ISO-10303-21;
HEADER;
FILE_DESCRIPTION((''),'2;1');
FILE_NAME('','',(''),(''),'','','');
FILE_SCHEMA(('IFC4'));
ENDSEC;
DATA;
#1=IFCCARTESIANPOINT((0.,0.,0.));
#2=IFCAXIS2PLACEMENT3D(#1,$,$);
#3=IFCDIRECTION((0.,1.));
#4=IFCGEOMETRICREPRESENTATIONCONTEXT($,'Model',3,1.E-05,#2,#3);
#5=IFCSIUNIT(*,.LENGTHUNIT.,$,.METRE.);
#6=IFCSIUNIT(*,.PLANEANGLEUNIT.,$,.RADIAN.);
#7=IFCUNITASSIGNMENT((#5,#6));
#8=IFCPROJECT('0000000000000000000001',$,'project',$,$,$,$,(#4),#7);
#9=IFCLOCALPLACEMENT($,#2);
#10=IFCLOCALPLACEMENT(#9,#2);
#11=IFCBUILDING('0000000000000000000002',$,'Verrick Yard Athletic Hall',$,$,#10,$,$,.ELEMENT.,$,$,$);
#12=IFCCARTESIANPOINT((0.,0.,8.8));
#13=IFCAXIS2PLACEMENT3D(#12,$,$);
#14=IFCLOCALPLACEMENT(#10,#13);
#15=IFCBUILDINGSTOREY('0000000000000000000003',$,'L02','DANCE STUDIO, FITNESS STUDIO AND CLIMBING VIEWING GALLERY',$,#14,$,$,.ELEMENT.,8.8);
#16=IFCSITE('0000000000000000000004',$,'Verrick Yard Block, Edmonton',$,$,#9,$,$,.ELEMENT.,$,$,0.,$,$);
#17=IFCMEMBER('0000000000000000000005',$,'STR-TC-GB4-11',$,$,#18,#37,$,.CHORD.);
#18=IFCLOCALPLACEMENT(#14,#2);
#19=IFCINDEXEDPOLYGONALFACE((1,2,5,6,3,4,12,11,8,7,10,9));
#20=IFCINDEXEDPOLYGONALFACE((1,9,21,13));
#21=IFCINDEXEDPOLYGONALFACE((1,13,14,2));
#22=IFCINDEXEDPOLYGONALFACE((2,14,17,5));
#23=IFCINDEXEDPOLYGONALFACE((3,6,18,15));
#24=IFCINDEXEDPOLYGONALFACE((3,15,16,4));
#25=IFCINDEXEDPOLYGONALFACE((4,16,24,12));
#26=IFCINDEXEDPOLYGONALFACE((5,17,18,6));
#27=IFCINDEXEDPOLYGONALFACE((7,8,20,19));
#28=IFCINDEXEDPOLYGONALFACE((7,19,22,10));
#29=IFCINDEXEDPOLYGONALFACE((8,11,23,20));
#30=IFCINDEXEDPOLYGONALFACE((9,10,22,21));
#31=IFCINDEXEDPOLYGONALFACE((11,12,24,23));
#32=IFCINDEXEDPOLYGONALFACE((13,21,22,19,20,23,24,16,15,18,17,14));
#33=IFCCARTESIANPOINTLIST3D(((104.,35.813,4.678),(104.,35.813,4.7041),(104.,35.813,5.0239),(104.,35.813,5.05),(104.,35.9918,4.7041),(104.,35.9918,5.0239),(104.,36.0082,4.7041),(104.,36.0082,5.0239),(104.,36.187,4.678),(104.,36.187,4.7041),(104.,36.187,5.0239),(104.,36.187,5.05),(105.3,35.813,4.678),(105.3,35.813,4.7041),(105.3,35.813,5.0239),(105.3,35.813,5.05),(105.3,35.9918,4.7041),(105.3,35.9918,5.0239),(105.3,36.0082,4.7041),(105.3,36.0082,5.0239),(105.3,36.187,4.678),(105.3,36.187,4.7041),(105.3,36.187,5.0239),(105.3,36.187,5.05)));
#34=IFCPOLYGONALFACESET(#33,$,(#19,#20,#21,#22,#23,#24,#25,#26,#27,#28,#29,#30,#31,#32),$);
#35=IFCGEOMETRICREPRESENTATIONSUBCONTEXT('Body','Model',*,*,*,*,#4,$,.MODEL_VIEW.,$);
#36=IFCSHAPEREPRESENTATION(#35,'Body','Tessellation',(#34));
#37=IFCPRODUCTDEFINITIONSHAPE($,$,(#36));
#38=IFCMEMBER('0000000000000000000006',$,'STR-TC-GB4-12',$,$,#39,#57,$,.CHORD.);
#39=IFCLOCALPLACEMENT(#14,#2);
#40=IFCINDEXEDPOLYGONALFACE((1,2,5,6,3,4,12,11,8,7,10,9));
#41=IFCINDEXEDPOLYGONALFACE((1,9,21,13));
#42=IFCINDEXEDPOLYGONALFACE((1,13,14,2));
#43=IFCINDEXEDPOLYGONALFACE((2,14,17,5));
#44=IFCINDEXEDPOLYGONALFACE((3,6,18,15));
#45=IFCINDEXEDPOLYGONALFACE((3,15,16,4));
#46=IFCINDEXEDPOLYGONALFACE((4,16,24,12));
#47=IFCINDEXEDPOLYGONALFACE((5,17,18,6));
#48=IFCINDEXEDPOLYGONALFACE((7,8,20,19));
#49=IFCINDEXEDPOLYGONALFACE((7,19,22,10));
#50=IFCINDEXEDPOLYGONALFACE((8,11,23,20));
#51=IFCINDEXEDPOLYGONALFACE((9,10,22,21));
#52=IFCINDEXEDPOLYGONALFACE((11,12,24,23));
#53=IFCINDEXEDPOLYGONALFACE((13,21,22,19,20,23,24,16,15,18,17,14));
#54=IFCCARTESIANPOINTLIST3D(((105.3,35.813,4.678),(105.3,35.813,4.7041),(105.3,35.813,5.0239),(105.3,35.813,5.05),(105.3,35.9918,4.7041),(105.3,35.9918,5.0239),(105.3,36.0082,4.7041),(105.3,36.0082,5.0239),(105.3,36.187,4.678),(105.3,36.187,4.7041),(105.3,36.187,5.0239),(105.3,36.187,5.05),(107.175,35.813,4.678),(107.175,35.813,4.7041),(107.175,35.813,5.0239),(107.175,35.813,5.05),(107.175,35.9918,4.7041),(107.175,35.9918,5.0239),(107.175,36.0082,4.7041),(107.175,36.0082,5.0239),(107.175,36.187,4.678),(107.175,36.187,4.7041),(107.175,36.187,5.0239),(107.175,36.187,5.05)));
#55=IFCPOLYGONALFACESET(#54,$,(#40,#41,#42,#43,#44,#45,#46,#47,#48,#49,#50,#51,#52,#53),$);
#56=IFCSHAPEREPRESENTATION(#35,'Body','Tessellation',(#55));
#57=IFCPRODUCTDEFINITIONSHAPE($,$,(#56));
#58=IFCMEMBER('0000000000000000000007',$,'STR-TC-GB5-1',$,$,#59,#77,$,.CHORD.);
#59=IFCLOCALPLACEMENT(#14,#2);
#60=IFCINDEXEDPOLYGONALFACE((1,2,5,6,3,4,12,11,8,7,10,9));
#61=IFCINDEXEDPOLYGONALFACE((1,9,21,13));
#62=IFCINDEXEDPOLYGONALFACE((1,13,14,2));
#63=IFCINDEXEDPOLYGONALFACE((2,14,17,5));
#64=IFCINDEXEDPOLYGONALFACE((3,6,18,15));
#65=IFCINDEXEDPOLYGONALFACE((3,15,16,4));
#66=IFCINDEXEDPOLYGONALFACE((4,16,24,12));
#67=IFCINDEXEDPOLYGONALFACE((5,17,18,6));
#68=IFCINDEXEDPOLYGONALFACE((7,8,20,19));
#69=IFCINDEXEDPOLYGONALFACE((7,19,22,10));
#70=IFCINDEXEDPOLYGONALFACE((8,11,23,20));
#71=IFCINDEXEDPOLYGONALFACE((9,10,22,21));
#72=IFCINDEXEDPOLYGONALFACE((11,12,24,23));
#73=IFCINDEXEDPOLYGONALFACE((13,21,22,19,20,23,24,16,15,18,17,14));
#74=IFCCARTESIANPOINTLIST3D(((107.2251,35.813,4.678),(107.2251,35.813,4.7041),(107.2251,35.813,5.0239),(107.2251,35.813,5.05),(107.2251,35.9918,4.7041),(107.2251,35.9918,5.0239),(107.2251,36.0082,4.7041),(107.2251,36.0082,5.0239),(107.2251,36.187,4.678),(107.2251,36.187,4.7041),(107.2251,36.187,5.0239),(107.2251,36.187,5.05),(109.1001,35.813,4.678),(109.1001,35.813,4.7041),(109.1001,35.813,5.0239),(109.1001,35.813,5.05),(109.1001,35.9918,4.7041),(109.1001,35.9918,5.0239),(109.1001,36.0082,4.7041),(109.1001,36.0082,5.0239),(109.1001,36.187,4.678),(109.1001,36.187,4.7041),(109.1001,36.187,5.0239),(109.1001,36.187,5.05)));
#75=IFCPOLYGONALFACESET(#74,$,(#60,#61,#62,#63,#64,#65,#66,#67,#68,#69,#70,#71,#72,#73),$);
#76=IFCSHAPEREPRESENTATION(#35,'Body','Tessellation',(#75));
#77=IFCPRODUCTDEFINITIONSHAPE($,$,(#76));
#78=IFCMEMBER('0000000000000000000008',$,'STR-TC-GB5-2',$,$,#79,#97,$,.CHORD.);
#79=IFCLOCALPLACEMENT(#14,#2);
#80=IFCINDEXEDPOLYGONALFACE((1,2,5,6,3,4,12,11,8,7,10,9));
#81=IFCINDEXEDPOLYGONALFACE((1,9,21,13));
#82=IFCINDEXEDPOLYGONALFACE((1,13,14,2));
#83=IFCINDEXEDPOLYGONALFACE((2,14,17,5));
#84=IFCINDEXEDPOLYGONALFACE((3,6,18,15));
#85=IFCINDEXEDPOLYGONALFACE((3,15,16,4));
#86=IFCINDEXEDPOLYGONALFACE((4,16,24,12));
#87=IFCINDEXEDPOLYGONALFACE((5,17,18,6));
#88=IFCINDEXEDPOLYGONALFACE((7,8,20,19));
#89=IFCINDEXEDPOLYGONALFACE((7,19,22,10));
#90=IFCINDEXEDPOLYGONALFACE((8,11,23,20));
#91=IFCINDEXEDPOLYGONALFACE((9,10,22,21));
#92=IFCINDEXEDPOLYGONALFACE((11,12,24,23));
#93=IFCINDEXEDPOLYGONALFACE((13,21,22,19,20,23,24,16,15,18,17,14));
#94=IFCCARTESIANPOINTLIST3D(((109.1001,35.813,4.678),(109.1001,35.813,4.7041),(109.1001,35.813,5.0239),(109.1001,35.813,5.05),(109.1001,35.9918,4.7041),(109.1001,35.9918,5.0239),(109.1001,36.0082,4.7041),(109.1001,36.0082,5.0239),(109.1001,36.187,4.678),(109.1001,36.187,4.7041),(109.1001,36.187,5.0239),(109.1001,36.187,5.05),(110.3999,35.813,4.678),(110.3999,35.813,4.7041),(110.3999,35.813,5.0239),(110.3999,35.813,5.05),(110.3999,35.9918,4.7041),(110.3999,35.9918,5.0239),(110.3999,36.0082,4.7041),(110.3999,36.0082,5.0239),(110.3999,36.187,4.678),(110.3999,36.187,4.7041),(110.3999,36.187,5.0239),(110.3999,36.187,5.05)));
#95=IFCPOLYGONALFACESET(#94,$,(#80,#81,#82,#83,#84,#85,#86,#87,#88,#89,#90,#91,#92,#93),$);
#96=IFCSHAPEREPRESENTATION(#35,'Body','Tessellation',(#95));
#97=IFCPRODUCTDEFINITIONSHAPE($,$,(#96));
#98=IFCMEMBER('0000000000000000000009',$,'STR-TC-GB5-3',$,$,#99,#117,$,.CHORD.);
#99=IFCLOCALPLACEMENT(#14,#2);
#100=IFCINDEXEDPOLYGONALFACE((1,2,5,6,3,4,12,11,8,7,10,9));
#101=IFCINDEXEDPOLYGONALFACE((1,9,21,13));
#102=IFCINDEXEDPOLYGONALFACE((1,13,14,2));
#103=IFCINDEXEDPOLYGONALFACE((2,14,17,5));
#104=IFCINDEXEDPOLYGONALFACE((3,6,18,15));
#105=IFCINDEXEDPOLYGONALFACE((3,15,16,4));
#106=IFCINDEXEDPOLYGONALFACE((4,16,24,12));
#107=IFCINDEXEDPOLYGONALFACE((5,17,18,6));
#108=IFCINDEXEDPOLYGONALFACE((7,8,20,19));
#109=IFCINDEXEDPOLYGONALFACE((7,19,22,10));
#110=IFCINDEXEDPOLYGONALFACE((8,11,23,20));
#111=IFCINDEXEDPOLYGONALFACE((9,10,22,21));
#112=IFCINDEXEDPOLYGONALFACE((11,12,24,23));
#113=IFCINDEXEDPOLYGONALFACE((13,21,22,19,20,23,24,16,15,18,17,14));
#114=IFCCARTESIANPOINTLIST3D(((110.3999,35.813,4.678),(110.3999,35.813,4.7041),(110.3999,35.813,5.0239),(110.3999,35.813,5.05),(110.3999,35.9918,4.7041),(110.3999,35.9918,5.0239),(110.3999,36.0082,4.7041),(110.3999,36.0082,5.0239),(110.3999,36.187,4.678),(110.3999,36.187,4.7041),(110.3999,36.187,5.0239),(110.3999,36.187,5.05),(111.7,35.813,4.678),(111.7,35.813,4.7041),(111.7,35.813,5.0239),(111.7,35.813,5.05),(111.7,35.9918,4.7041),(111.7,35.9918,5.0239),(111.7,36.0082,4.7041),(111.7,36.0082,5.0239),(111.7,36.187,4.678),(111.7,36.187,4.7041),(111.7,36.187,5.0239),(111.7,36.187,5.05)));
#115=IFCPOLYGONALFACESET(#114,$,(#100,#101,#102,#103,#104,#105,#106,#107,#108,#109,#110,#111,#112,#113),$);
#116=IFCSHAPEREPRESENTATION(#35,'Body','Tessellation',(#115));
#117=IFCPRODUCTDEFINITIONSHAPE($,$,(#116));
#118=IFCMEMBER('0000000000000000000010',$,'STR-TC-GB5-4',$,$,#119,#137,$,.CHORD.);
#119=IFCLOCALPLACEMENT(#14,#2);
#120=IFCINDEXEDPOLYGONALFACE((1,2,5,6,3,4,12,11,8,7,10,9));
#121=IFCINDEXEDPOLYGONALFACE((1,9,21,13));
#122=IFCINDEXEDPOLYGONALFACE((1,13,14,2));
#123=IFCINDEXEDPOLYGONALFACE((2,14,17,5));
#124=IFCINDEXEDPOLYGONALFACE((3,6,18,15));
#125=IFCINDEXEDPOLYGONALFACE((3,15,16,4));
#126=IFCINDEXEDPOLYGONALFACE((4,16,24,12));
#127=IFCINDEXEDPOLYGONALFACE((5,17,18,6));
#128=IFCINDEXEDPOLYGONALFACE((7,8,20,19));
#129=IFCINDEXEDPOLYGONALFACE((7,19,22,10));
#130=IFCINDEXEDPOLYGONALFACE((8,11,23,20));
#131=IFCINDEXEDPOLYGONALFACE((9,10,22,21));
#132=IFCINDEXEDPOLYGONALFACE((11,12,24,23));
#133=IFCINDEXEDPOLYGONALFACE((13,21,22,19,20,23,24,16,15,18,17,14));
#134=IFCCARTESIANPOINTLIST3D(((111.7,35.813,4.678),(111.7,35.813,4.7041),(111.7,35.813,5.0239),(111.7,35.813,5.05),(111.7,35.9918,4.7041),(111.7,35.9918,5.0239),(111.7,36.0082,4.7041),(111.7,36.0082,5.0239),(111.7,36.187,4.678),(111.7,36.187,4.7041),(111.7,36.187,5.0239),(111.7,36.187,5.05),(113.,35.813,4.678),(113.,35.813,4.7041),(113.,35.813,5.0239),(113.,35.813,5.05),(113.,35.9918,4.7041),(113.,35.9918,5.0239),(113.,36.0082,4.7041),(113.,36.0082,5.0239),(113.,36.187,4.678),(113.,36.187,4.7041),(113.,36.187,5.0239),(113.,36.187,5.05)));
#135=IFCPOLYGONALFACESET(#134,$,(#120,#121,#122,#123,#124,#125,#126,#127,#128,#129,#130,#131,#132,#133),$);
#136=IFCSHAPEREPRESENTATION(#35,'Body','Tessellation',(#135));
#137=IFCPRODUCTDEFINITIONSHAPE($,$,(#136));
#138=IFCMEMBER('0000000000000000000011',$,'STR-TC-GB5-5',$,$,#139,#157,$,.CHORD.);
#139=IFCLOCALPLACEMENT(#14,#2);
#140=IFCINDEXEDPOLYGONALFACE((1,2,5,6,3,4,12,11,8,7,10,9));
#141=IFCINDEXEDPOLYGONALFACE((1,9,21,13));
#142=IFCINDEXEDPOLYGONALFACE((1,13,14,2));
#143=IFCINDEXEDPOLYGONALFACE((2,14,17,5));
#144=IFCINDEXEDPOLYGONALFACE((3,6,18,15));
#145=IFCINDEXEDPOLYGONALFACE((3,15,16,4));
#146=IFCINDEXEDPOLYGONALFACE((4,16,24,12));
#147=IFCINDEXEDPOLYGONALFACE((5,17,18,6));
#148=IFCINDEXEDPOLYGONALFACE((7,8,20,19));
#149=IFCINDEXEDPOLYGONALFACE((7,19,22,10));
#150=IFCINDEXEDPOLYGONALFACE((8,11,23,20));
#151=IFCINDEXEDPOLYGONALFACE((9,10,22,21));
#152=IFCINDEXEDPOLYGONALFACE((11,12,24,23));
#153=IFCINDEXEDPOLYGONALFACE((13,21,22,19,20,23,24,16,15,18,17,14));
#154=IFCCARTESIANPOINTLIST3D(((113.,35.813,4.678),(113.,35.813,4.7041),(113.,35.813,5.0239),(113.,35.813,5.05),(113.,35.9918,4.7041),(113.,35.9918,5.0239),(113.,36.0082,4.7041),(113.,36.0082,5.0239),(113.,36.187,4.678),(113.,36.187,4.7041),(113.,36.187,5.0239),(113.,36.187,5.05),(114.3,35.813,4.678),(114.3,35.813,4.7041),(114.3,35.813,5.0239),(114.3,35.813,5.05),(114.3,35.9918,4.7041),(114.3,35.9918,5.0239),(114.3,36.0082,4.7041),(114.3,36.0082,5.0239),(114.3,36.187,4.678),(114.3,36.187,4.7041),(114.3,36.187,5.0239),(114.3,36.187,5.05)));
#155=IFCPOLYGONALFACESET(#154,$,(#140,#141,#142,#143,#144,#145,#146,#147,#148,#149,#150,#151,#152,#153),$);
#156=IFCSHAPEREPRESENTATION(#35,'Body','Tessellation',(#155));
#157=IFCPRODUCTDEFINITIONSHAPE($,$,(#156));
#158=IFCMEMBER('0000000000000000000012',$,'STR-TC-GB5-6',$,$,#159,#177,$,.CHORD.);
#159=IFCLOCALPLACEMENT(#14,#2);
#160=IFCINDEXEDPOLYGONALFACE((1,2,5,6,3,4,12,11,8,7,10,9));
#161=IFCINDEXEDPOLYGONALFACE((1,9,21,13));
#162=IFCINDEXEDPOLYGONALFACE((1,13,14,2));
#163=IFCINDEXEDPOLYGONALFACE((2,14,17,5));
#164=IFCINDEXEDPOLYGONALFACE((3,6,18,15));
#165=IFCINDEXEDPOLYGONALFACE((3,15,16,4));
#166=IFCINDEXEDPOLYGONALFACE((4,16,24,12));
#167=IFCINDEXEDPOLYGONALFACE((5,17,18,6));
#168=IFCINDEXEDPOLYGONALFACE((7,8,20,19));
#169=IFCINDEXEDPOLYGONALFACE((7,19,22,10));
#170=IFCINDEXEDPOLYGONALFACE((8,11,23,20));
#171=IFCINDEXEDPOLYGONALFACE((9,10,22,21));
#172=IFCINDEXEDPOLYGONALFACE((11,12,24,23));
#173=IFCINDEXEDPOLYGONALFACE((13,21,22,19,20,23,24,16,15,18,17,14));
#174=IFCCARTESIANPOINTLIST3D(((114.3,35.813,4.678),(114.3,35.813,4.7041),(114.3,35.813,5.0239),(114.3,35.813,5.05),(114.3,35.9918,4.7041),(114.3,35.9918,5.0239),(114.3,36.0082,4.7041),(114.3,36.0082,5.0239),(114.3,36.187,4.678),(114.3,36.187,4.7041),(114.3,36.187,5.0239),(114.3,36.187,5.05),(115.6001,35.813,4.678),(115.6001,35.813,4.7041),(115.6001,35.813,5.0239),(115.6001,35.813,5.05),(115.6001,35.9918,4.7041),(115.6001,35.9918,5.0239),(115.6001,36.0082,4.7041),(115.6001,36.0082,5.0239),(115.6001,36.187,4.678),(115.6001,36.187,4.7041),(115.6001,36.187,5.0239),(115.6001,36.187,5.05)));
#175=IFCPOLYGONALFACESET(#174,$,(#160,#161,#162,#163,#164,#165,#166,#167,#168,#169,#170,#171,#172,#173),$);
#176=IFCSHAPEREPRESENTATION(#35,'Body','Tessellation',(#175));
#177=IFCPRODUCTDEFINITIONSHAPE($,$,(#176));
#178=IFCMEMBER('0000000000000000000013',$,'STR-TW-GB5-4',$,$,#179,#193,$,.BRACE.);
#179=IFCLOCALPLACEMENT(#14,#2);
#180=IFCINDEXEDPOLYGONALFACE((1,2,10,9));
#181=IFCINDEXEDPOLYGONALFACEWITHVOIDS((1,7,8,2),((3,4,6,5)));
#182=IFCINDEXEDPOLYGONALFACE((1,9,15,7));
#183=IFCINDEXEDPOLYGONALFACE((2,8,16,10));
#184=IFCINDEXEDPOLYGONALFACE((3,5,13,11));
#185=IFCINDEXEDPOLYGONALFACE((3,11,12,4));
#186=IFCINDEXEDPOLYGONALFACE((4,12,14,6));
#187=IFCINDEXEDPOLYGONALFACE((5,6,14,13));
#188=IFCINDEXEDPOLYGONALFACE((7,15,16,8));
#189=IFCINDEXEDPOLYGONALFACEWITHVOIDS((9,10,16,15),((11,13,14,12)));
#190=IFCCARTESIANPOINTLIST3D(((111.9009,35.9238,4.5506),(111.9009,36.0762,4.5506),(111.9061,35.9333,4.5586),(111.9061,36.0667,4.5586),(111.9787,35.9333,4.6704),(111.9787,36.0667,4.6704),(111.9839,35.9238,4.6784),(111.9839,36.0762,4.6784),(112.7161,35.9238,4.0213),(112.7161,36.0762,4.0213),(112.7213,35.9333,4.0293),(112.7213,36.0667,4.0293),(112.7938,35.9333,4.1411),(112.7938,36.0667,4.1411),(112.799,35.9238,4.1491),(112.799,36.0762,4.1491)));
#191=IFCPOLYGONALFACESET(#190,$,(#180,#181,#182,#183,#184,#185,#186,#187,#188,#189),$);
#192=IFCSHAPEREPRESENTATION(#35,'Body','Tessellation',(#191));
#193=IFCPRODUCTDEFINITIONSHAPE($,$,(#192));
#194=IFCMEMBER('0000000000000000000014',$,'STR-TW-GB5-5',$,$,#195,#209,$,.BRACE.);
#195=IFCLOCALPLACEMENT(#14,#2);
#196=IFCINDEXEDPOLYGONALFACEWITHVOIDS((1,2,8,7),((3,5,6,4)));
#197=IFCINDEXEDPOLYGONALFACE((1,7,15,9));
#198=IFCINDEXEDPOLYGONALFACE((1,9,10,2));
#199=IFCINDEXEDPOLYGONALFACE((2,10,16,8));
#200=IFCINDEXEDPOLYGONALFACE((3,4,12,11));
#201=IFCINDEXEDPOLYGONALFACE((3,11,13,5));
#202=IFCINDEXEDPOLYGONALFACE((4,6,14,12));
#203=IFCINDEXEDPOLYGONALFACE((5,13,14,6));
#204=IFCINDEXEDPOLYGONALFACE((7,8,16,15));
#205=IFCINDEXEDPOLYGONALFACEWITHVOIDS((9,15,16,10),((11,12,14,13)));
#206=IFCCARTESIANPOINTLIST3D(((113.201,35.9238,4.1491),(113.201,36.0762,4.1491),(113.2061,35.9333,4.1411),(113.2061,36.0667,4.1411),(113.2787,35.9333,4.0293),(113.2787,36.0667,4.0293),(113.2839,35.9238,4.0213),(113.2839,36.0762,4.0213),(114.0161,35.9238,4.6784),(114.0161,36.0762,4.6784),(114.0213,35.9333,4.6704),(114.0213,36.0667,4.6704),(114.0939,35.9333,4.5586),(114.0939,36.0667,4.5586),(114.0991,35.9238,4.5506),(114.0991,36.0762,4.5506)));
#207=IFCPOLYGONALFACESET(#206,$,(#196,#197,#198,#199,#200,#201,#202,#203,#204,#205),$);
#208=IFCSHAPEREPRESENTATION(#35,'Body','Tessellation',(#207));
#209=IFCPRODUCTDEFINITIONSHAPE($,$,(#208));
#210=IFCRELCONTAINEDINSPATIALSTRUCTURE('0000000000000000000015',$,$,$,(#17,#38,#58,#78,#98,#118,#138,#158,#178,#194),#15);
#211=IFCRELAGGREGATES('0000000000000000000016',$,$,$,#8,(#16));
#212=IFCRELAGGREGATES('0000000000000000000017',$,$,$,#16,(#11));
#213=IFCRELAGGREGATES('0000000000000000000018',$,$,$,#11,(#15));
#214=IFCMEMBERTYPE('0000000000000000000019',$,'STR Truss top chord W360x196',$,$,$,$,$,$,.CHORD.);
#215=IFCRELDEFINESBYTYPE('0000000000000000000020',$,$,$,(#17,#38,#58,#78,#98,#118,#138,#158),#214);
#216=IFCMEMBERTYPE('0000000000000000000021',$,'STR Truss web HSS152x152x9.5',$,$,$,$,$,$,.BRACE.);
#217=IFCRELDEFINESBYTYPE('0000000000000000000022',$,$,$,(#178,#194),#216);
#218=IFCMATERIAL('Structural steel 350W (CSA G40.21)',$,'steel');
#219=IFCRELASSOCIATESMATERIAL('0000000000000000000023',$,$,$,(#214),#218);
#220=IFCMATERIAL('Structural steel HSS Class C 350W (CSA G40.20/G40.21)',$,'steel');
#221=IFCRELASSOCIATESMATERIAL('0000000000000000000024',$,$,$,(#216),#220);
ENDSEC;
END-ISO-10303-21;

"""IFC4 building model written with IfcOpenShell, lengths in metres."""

from ifc_helpers import new_model, si_unit, direction, frame, origin, origin_2d, place, context, subcontext, project, spatial, hollow_rectangle, i_section, extrude, material, material_profile, profile_set, type_object, element, save


model = new_model("IFC4")

# Units and contexts
model_context = context("Model", 3, precision=1e-05, world=origin(), true_north=direction((0.0, 1.0)))
body_context = subcontext(model_context, "Body", "Model", "MODEL_VIEW")
ifc_project = project(units=[si_unit("LENGTHUNIT", "METRE"), si_unit("PLANEANGLEUNIT", "RADIAN")], contexts=[model_context])

# Site, building, storey
site_placement = place(None, origin())
site = spatial("IfcSite", under=ifc_project, at=site_placement, Name="Verrick Yard Block, Edmonton", CompositionType="ELEMENT", RefElevation=0.0)
building_placement = place(site_placement, origin())
building = spatial("IfcBuilding", under=site, at=building_placement, Name="Verrick Yard Athletic Hall", CompositionType="ELEMENT")
storey_placement = place(building_placement, frame((0.0, 0.0, 8.8)))
storey = spatial("IfcBuildingStorey", under=building, at=storey_placement, Name="L02", Description="DANCE STUDIO, FITNESS STUDIO AND CLIMBING VIEWING GALLERY", CompositionType="ELEMENT", Elevation=8.8)

# Shared definitions
ifc_material_1 = material(Name="Structural steel 350W (CSA G40.21)", Category="steel")

# Members
ifc_material_2 = material(Name="Structural steel HSS Class C 350W (CSA G40.20/G40.21)", Category="steel")
ifc_material_profile_1 = material_profile(ifc_material_1, i_section(OverallWidth=0.374, OverallDepth=0.3721, WebThickness=0.0164, FlangeThickness=0.0261, at=origin_2d()), Name="W360x196")
ifc_profile_set_1 = profile_set([ifc_material_profile_1], Name="Structural steel 350W (CSA G40.21)")
member_type_1 = type_object("IfcMemberType", Name="STR Truss top chord W360x196", PredefinedType="CHORD", material=ifc_profile_set_1)
member_1_placement = place(storey_placement, frame((104.0, 36.0, 4.864), z_axis=(1.0, 0.0, 0.0), x_axis=(0.0, 1.0, 0.0)))
element("IfcMember", 1, at=member_1_placement, inside=storey, type_object=member_type_1, Name="STR-TC-GB4-11", PredefinedType="CHORD", context=body_context, shape_type="SweptSolid", body=[
    extrude(i_section(OverallWidth=0.374, OverallDepth=0.3721, WebThickness=0.0164, FlangeThickness=0.0261, at=origin_2d()), origin(), (0.0, 0.0, 1.0), 1.3),
])
for number, where, z_axis, x_axis, name in (
    (2, (105.3, 36.0, 4.864), (1.0, 0.0, 0.0), (0.0, 1.0, 0.0), "STR-TC-GB4-12"),
    (3, (107.2251, 36.0, 4.864), (1.0, 0.0, 0.0), (0.0, 1.0, 0.0), "STR-TC-GB5-1"),
):
    element("IfcMember", number, at=place(storey_placement, frame(where, z_axis=z_axis, x_axis=x_axis)), inside=storey, type_object=member_type_1, Name=name, PredefinedType="CHORD", context=body_context, shape_type="SweptSolid", body=[
        extrude(i_section(OverallWidth=0.374, OverallDepth=0.3721, WebThickness=0.0164, FlangeThickness=0.0261, at=origin_2d()), origin(), (0.0, 0.0, 1.0), 1.875),
    ])
member_2_placement = place(storey_placement, frame((109.1001, 36.0, 4.864), z_axis=(1.0, 0.0, 0.0), x_axis=(0.0, 1.0, 0.0)))
element("IfcMember", 4, at=member_2_placement, inside=storey, type_object=member_type_1, Name="STR-TC-GB5-2", PredefinedType="CHORD", context=body_context, shape_type="SweptSolid", body=[
    extrude(i_section(OverallWidth=0.374, OverallDepth=0.3721, WebThickness=0.0164, FlangeThickness=0.0261, at=origin_2d()), origin(), (0.0, 0.0, 1.0), 1.2998),
])
for number, where, z_axis, x_axis, name in (
    (5, (110.3999, 36.0, 4.864), (1.0, 0.0, 0.0), (0.0, 1.0, 0.0), "STR-TC-GB5-3"),
    (6, (111.7, 36.0, 4.864), (1.0, 0.0, 0.0), (0.0, 1.0, 0.0), "STR-TC-GB5-4"),
    (7, (113.0, 36.0, 4.864), (1.0, 0.0, 0.0), (0.0, 1.0, 0.0), "STR-TC-GB5-5"),
    (8, (114.3, 36.0, 4.864), (1.0, 0.0, 0.0), (0.0, 1.0, 0.0), "STR-TC-GB5-6"),
):
    element("IfcMember", number, at=place(storey_placement, frame(where, z_axis=z_axis, x_axis=x_axis)), inside=storey, type_object=member_type_1, Name=name, PredefinedType="CHORD", context=body_context, shape_type="SweptSolid", body=[
        extrude(i_section(OverallWidth=0.374, OverallDepth=0.3721, WebThickness=0.0164, FlangeThickness=0.0261, at=origin_2d()), origin(), (0.0, 0.0, 1.0), 1.3),
    ])
ifc_material_profile_2 = material_profile(ifc_material_2, hollow_rectangle(XDim=0.1523, YDim=0.1523, WallThickness=0.0095, at=origin_2d()), Name="HSS152x152x9.5")
ifc_profile_set_2 = profile_set([ifc_material_profile_2], Name="Structural steel HSS Class C 350W (CSA G40.20/G40.21)")
member_type_2 = type_object("IfcMemberType", Name="STR Truss web HSS152x152x9.5", PredefinedType="BRACE", material=ifc_profile_set_2)
for number, where, z_axis, x_axis, name in (
    (9, (111.9424, 36.0, 4.6145), (0.838713, 0.0, -0.544573), (0.0, 1.0, 0.0), "STR-TW-GB5-4"),
    (10, (113.2424, 36.0, 4.0852), (0.838713, 0.0, 0.544573), (0.0, 1.0, 0.0), "STR-TW-GB5-5"),
):
    element("IfcMember", number, at=place(storey_placement, frame(where, z_axis=z_axis, x_axis=x_axis)), inside=storey, type_object=member_type_2, Name=name, PredefinedType="BRACE", context=body_context, shape_type="SweptSolid", body=[
        extrude(hollow_rectangle(XDim=0.1523, YDim=0.1523, WallThickness=0.0095, at=origin_2d()), origin(), (0.0, 0.0, 1.0), 0.9719),
    ])

save(model, "model.ifc")
